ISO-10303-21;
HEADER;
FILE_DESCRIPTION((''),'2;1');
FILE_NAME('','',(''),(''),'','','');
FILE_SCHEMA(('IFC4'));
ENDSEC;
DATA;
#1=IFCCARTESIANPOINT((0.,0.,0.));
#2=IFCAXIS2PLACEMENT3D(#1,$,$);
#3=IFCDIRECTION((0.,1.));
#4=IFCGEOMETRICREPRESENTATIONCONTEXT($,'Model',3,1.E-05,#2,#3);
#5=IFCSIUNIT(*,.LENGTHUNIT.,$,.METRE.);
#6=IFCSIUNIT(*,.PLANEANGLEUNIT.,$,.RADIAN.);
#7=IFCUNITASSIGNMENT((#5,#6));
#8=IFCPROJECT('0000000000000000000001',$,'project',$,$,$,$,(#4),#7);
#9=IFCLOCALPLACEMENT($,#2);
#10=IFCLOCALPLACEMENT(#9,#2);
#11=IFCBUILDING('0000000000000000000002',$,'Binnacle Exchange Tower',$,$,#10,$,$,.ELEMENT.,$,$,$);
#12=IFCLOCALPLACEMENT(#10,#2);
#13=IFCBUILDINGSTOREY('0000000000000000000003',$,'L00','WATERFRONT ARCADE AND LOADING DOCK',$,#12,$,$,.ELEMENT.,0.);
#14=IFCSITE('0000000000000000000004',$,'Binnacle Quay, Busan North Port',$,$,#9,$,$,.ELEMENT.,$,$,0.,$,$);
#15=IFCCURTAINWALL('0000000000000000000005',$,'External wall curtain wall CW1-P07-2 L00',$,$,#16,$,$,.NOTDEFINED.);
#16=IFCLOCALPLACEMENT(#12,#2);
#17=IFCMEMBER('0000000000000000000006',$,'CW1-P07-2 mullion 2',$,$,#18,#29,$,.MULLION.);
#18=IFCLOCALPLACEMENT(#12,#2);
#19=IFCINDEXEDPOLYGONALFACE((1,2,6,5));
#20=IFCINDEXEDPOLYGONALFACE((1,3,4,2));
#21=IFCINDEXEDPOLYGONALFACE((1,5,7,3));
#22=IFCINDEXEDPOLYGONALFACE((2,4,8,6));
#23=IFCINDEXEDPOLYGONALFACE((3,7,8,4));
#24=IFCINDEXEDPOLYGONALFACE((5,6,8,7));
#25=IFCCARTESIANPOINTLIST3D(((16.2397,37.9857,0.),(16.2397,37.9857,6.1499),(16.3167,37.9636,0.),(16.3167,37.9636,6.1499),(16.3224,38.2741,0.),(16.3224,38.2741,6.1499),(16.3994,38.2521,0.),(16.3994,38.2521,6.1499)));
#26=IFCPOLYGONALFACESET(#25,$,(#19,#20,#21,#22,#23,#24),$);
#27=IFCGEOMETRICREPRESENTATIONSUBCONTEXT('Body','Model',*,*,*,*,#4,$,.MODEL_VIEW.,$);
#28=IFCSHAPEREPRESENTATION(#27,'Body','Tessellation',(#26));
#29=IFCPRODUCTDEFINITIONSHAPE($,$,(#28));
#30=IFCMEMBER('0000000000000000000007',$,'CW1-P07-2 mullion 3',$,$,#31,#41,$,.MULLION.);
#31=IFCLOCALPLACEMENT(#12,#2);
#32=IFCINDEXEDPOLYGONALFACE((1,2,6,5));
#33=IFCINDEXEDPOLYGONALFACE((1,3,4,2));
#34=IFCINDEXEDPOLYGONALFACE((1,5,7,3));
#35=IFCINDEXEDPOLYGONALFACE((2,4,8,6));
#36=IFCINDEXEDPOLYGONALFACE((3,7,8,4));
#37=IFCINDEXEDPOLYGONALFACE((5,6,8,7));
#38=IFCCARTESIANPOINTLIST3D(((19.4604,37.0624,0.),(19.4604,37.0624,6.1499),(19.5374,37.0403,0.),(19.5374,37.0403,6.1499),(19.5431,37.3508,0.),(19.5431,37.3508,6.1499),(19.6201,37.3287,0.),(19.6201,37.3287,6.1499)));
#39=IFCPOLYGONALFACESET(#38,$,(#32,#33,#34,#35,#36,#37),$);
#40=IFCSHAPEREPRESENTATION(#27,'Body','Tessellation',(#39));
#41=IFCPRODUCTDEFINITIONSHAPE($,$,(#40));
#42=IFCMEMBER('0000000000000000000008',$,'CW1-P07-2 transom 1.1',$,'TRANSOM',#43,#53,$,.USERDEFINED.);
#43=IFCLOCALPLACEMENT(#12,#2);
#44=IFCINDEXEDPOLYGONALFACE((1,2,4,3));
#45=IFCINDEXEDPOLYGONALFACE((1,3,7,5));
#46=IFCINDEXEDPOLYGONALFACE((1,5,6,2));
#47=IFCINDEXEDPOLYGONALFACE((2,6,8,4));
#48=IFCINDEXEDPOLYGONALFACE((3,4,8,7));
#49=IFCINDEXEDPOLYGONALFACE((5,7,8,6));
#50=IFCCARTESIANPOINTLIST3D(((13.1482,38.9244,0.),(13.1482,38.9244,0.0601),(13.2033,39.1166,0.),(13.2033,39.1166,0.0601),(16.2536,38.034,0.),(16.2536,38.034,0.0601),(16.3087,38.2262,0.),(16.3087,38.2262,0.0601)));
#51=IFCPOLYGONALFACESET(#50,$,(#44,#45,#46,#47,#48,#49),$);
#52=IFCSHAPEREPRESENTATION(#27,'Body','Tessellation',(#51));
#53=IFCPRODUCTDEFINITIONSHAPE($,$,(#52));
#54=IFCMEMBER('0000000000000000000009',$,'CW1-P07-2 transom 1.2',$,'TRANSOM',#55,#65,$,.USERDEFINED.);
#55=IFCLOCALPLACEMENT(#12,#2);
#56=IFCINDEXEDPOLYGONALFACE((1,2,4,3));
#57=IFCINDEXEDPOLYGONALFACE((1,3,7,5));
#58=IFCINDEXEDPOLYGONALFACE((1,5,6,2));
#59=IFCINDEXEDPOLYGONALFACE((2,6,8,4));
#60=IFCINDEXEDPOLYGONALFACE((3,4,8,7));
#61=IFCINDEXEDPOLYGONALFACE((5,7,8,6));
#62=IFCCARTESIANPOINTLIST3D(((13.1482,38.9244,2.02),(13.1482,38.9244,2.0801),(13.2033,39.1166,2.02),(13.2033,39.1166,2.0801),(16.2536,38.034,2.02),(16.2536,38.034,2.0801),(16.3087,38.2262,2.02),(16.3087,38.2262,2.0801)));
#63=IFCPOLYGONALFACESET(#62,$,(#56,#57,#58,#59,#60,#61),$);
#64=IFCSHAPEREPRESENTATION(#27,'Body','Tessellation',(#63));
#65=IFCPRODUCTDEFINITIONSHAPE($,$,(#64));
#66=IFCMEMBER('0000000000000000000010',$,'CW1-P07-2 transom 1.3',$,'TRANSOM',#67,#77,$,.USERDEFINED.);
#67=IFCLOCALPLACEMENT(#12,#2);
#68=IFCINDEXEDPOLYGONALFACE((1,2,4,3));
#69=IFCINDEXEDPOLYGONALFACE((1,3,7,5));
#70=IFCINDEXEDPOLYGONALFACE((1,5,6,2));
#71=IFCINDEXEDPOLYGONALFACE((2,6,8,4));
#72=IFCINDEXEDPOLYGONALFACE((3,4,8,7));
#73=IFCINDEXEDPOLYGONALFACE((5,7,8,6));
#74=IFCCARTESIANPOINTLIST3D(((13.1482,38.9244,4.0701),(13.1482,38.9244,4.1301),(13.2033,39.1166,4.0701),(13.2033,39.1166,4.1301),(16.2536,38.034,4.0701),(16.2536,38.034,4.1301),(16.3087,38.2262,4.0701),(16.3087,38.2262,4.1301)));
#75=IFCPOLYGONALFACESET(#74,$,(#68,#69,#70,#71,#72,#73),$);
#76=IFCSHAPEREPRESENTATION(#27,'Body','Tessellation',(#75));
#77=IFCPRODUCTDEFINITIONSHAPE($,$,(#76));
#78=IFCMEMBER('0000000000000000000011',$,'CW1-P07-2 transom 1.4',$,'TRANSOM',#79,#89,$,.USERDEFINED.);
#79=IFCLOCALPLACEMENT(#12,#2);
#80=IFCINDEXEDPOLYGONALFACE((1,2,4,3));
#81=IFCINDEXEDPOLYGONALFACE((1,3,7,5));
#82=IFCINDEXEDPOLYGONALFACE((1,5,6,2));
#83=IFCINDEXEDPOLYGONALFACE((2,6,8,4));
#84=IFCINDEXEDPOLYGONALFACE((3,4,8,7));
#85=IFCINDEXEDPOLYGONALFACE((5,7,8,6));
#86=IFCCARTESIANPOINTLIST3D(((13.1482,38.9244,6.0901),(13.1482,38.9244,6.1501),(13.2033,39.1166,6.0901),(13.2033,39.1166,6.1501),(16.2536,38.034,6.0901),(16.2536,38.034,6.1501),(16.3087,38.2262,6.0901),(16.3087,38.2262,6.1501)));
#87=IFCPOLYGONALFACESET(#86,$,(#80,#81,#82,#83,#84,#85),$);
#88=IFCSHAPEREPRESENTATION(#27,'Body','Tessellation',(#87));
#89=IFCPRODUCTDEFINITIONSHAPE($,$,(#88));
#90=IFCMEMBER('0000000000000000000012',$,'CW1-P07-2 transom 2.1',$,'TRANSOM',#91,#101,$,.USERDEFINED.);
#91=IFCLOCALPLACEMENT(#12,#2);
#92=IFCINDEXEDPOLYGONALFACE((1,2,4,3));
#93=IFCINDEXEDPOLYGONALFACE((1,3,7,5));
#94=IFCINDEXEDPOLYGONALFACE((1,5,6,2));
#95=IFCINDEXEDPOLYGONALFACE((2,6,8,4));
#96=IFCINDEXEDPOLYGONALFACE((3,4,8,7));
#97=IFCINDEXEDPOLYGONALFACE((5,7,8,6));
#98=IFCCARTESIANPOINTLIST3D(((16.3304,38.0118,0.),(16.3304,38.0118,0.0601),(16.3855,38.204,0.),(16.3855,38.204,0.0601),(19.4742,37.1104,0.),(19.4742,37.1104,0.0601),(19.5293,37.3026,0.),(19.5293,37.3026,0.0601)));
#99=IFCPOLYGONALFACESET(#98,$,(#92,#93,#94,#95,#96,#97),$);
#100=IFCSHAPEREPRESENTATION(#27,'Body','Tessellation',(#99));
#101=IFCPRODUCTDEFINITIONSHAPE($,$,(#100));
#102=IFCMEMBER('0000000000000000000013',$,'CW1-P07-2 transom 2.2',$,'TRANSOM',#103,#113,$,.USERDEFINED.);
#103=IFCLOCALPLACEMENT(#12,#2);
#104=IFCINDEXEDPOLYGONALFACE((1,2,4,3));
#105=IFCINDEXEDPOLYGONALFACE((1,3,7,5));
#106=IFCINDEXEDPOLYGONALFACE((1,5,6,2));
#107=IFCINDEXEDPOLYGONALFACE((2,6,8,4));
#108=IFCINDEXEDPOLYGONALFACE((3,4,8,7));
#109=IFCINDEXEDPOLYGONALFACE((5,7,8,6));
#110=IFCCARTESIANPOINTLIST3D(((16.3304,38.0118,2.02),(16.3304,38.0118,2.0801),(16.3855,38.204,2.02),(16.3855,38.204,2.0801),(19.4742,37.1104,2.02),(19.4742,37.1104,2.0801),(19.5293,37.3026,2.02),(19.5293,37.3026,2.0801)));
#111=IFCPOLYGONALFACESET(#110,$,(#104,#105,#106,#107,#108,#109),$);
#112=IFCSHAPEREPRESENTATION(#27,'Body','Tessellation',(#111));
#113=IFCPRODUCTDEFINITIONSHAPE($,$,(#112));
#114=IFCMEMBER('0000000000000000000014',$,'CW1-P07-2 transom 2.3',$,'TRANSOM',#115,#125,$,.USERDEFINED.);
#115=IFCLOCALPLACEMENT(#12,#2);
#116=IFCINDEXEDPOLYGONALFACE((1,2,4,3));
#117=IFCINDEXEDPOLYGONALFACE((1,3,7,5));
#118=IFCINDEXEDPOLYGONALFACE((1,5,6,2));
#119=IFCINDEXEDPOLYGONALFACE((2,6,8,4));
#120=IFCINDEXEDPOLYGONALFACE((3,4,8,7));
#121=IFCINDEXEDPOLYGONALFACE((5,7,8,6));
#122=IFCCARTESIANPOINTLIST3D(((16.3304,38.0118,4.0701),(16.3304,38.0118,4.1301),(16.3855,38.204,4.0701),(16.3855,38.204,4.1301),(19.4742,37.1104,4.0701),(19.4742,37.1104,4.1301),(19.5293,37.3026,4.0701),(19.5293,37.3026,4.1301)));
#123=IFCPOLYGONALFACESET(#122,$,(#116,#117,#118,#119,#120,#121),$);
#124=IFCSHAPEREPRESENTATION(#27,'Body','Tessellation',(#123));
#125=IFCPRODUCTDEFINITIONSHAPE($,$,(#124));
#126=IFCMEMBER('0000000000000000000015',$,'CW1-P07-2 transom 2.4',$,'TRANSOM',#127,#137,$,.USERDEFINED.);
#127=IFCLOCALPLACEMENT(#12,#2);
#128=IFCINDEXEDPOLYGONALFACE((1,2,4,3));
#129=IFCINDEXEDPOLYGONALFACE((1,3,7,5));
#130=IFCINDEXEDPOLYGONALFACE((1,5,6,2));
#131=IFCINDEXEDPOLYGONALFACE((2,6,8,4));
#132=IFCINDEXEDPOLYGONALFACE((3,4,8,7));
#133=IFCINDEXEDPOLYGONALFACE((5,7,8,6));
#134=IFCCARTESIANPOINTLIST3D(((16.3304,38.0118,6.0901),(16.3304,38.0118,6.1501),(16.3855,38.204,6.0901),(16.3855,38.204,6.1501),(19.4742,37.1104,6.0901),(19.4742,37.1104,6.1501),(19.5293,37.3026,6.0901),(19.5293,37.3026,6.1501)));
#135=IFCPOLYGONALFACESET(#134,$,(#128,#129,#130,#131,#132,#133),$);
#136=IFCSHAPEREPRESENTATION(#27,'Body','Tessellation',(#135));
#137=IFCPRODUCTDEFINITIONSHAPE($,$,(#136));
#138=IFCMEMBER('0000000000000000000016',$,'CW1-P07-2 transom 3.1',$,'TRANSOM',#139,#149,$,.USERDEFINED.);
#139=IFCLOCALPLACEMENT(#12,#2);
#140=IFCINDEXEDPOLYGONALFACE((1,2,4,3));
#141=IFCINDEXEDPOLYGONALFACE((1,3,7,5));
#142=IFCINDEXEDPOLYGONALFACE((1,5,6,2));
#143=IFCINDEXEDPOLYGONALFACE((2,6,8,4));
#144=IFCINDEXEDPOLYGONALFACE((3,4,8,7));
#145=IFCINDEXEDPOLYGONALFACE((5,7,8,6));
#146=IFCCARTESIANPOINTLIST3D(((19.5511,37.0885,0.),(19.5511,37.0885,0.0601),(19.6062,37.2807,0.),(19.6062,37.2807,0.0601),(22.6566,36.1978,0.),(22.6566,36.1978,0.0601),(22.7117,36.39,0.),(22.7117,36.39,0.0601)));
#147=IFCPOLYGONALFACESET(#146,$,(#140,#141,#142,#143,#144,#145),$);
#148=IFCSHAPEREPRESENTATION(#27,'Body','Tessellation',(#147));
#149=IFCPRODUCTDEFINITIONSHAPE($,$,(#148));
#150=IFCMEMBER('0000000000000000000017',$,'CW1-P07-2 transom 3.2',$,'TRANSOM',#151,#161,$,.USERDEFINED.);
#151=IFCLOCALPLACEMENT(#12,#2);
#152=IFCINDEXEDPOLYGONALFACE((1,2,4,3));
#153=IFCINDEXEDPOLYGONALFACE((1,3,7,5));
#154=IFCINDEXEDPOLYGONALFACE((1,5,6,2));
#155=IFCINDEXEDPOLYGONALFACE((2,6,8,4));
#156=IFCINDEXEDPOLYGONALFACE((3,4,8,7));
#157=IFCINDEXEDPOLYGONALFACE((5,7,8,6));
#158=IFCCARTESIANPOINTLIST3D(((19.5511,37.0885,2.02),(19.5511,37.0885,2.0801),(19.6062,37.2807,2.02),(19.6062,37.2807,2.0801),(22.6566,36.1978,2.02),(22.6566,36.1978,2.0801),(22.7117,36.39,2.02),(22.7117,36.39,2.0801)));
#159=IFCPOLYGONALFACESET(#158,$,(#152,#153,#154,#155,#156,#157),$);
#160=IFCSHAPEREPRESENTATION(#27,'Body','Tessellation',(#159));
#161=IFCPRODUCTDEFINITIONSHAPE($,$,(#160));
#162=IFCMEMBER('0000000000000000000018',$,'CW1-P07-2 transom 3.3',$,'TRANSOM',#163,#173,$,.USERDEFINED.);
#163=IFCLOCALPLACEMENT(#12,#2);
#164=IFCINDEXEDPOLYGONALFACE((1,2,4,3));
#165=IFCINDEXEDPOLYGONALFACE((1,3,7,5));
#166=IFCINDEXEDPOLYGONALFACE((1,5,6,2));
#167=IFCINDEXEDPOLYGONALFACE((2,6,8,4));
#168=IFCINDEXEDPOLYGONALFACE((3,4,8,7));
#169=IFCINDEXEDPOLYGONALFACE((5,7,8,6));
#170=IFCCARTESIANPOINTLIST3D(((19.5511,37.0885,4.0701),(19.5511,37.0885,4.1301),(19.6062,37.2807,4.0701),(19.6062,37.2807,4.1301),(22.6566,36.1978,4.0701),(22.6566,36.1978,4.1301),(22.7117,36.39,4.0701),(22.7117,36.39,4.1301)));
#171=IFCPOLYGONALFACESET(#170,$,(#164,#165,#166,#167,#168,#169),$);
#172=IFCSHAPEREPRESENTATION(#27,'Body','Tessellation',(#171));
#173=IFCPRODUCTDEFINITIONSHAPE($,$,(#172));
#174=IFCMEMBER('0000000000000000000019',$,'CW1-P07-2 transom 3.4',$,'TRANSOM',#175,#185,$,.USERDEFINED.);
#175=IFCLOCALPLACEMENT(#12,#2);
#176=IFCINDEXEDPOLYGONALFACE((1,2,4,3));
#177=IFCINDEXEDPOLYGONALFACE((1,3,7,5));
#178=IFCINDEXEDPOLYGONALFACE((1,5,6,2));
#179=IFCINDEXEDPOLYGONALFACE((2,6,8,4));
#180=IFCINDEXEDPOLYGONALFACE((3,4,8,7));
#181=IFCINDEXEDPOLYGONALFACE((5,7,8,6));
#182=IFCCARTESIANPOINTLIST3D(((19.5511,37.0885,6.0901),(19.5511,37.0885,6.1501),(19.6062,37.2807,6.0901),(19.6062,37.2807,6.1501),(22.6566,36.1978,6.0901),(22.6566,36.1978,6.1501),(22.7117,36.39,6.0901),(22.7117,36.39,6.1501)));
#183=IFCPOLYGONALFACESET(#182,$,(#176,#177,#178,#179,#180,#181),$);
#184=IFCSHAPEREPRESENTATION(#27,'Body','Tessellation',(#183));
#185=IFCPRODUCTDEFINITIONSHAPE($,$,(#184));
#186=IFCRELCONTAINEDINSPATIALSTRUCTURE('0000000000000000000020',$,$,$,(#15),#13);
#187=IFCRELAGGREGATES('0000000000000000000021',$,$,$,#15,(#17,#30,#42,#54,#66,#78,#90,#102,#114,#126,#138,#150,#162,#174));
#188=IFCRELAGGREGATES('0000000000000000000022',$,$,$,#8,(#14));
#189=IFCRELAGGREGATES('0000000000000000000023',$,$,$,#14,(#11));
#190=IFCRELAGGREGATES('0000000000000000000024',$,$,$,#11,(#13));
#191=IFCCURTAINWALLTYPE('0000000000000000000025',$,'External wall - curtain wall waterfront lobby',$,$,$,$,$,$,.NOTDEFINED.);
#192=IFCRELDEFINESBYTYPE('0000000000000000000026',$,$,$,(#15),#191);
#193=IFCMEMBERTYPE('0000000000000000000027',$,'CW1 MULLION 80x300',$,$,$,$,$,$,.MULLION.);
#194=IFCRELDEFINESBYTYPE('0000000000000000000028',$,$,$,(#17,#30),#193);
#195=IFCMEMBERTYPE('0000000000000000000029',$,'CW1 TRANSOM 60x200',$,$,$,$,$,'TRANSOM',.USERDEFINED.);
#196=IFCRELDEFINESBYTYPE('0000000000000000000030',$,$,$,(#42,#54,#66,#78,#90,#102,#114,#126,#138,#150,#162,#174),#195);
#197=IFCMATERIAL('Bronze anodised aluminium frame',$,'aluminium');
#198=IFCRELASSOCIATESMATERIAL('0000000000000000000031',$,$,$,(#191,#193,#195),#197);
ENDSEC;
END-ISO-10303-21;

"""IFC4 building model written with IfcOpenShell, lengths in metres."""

from ifc_helpers import new_model, si_unit, direction, frame, origin, origin_2d, place, context, subcontext, project, spatial, rectangle, extrude, material, material_profile, profile_set, type_object, element, aggregate, save


model = new_model("IFC4")

# Units and contexts
model_context = context("Model", 3, precision=1e-05, world=origin(), true_north=direction((0.0, 1.0)))
body_context = subcontext(model_context, "Body", "Model", "MODEL_VIEW")
ifc_project = project(units=[si_unit("LENGTHUNIT", "METRE"), si_unit("PLANEANGLEUNIT", "RADIAN")], contexts=[model_context])

# Site, building, storey
site_placement = place(None, origin())
site = spatial("IfcSite", under=ifc_project, at=site_placement, Name="Binnacle Quay, Busan North Port", CompositionType="ELEMENT", RefElevation=0.0)
building_placement = place(site_placement, origin())
building = spatial("IfcBuilding", under=site, at=building_placement, Name="Binnacle Exchange Tower", CompositionType="ELEMENT")
storey_placement = place(building_placement, origin())
storey = spatial("IfcBuildingStorey", under=building, at=storey_placement, Name="L00", Description="WATERFRONT ARCADE AND LOADING DOCK", CompositionType="ELEMENT", Elevation=0.0)

# Curtain wall, members
ifc_material_1 = material(Name="Bronze anodised aluminium frame", Category="aluminium")
curtain_wall_type = type_object("IfcCurtainWallType", Name="External wall - curtain wall waterfront lobby", PredefinedType="NOTDEFINED", material=ifc_material_1)
curtain_wall_placement = place(storey_placement, origin())
curtain_wall = element("IfcCurtainWall", 1, at=curtain_wall_placement, inside=storey, type_object=curtain_wall_type, Name="External wall curtain wall CW1-P07-2 L00", PredefinedType="NOTDEFINED")
ifc_material_profile_1 = material_profile(ifc_material_1, rectangle(XDim=0.3, YDim=0.0801, at=origin_2d()), Name="AL 80x300")
ifc_profile_set_1 = profile_set([ifc_material_profile_1], Name="Bronze anodised aluminium frame")
member_type_1 = type_object("IfcMemberType", Name="CW1 MULLION 80x300", PredefinedType="MULLION", material=ifc_profile_set_1)
member_1_placement = place(storey_placement, frame((16.3196, 38.1189, 0.0), z_axis=(0.0, 0.0, 1.0), x_axis=(0.275637, 0.961262, 0.0)))
member_1 = element("IfcMember", 2, at=member_1_placement, type_object=member_type_1, Name="CW1-P07-2 mullion 2", PredefinedType="MULLION", context=body_context, shape_type="SweptSolid", body=[
    extrude(rectangle(XDim=0.3, YDim=0.0801, at=origin_2d()), origin(), (0.0, 0.0, 1.0), 6.1499),
])
member_2_placement = place(storey_placement, frame((19.5403, 37.1956, 0.0), z_axis=(0.0, 0.0, 1.0), x_axis=(0.275637, 0.961262, 0.0)))
member_2 = element("IfcMember", 3, at=member_2_placement, type_object=member_type_1, Name="CW1-P07-2 mullion 3", PredefinedType="MULLION", context=body_context, shape_type="SweptSolid", body=[
    extrude(rectangle(XDim=0.3, YDim=0.0801, at=origin_2d()), origin(), (0.0, 0.0, 1.0), 6.1499),
])
ifc_material_profile_2 = material_profile(ifc_material_1, rectangle(XDim=0.2, YDim=0.0601, at=origin_2d()), Name="AL 200x60")
ifc_profile_set_2 = profile_set([ifc_material_profile_2], Name="Bronze anodised aluminium frame")
member_type_2 = type_object("IfcMemberType", Name="CW1 TRANSOM 60x200", ElementType="TRANSOM", PredefinedType="USERDEFINED", material=ifc_profile_set_2)
member_3_placement = place(storey_placement, frame((13.1758, 39.0205, 0.03), z_axis=(0.961264, -0.275629, 0.0), x_axis=(0.275629, 0.961264, 0.0)))
member_3 = element("IfcMember", 4, at=member_3_placement, type_object=member_type_2, Name="CW1-P07-2 transom 1.1", ObjectType="TRANSOM", PredefinedType="USERDEFINED", context=body_context, shape_type="SweptSolid", body=[
    extrude(rectangle(XDim=0.2, YDim=0.0601, at=origin_2d()), origin(), (0.0, 0.0, 1.0), 3.2305),
])
member_4_placement = place(storey_placement, frame((13.1758, 39.0205, 2.05), z_axis=(0.961264, -0.275629, 0.0), x_axis=(0.275629, 0.961264, 0.0)))
member_4 = element("IfcMember", 5, at=member_4_placement, type_object=member_type_2, Name="CW1-P07-2 transom 1.2", ObjectType="TRANSOM", PredefinedType="USERDEFINED", context=body_context, shape_type="SweptSolid", body=[
    extrude(rectangle(XDim=0.2, YDim=0.0601, at=origin_2d()), origin(), (0.0, 0.0, 1.0), 3.2305),
])
member_5_placement = place(storey_placement, frame((13.1758, 39.0205, 4.1001), z_axis=(0.961264, -0.275629, 0.0), x_axis=(0.275629, 0.961264, 0.0)))
member_5 = element("IfcMember", 6, at=member_5_placement, type_object=member_type_2, Name="CW1-P07-2 transom 1.3", ObjectType="TRANSOM", PredefinedType="USERDEFINED", context=body_context, shape_type="SweptSolid", body=[
    extrude(rectangle(XDim=0.2, YDim=0.0601, at=origin_2d()), origin(), (0.0, 0.0, 1.0), 3.2305),
])
member_6_placement = place(storey_placement, frame((13.1758, 39.0205, 6.1201), z_axis=(0.961264, -0.275629, 0.0), x_axis=(0.275629, 0.961264, 0.0)))
member_6 = element("IfcMember", 7, at=member_6_placement, type_object=member_type_2, Name="CW1-P07-2 transom 1.4", ObjectType="TRANSOM", PredefinedType="USERDEFINED", context=body_context, shape_type="SweptSolid", body=[
    extrude(rectangle(XDim=0.2, YDim=0.0601, at=origin_2d()), origin(), (0.0, 0.0, 1.0), 3.2305),
])
member_7_placement = place(storey_placement, frame((16.3579, 38.1079, 0.03), z_axis=(0.96127, -0.275608, 0.0), x_axis=(0.275608, 0.96127, 0.0)))
member_7 = element("IfcMember", 8, at=member_7_placement, type_object=member_type_2, Name="CW1-P07-2 transom 2.1", ObjectType="TRANSOM", PredefinedType="USERDEFINED", context=body_context, shape_type="SweptSolid", body=[
    extrude(rectangle(XDim=0.2, YDim=0.0601, at=origin_2d()), origin(), (0.0, 0.0, 1.0), 3.2705),
])
member_8_placement = place(storey_placement, frame((16.3579, 38.1079, 2.05), z_axis=(0.96127, -0.275608, 0.0), x_axis=(0.275608, 0.96127, 0.0)))
member_8 = element("IfcMember", 9, at=member_8_placement, type_object=member_type_2, Name="CW1-P07-2 transom 2.2", ObjectType="TRANSOM", PredefinedType="USERDEFINED", context=body_context, shape_type="SweptSolid", body=[
    extrude(rectangle(XDim=0.2, YDim=0.0601, at=origin_2d()), origin(), (0.0, 0.0, 1.0), 3.2705),
])
member_9_placement = place(storey_placement, frame((16.3579, 38.1079, 4.1001), z_axis=(0.96127, -0.275608, 0.0), x_axis=(0.275608, 0.96127, 0.0)))
member_9 = element("IfcMember", 10, at=member_9_placement, type_object=member_type_2, Name="CW1-P07-2 transom 2.3", ObjectType="TRANSOM", PredefinedType="USERDEFINED", context=body_context, shape_type="SweptSolid", body=[
    extrude(rectangle(XDim=0.2, YDim=0.0601, at=origin_2d()), origin(), (0.0, 0.0, 1.0), 3.2705),
])
member_10_placement = place(storey_placement, frame((16.3579, 38.1079, 6.1201), z_axis=(0.96127, -0.275608, 0.0), x_axis=(0.275608, 0.96127, 0.0)))
member_10 = element("IfcMember", 11, at=member_10_placement, type_object=member_type_2, Name="CW1-P07-2 transom 2.4", ObjectType="TRANSOM", PredefinedType="USERDEFINED", context=body_context, shape_type="SweptSolid", body=[
    extrude(rectangle(XDim=0.2, YDim=0.0601, at=origin_2d()), origin(), (0.0, 0.0, 1.0), 3.2705),
])
member_11_placement = place(storey_placement, frame((19.5786, 37.1846, 0.03), z_axis=(0.96125, -0.275679, 0.0), x_axis=(0.275679, 0.96125, 0.0)))
member_11 = element("IfcMember", 12, at=member_11_placement, type_object=member_type_2, Name="CW1-P07-2 transom 3.1", ObjectType="TRANSOM", PredefinedType="USERDEFINED", context=body_context, shape_type="SweptSolid", body=[
    extrude(rectangle(XDim=0.2, YDim=0.0601, at=origin_2d()), origin(), (0.0, 0.0, 1.0), 3.2307),
])
member_12_placement = place(storey_placement, frame((19.5786, 37.1846, 2.05), z_axis=(0.96125, -0.275679, 0.0), x_axis=(0.275679, 0.96125, 0.0)))
member_12 = element("IfcMember", 13, at=member_12_placement, type_object=member_type_2, Name="CW1-P07-2 transom 3.2", ObjectType="TRANSOM", PredefinedType="USERDEFINED", context=body_context, shape_type="SweptSolid", body=[
    extrude(rectangle(XDim=0.2, YDim=0.0601, at=origin_2d()), origin(), (0.0, 0.0, 1.0), 3.2307),
])
member_13_placement = place(storey_placement, frame((19.5786, 37.1846, 4.1001), z_axis=(0.96125, -0.275679, 0.0), x_axis=(0.275679, 0.96125, 0.0)))
member_13 = element("IfcMember", 14, at=member_13_placement, type_object=member_type_2, Name="CW1-P07-2 transom 3.3", ObjectType="TRANSOM", PredefinedType="USERDEFINED", context=body_context, shape_type="SweptSolid", body=[
    extrude(rectangle(XDim=0.2, YDim=0.0601, at=origin_2d()), origin(), (0.0, 0.0, 1.0), 3.2307),
])
member_14_placement = place(storey_placement, frame((19.5786, 37.1846, 6.1201), z_axis=(0.96125, -0.275679, 0.0), x_axis=(0.275679, 0.96125, 0.0)))
member_14 = element("IfcMember", 15, at=member_14_placement, type_object=member_type_2, Name="CW1-P07-2 transom 3.4", ObjectType="TRANSOM", PredefinedType="USERDEFINED", context=body_context, shape_type="SweptSolid", body=[
    extrude(rectangle(XDim=0.2, YDim=0.0601, at=origin_2d()), origin(), (0.0, 0.0, 1.0), 3.2307),
])
aggregate(curtain_wall, [member_1, member_2, member_3, member_4, member_5, member_6, member_7, member_8, member_9, member_10, member_11, member_12, member_13, member_14])

save(model, "model.ifc")
